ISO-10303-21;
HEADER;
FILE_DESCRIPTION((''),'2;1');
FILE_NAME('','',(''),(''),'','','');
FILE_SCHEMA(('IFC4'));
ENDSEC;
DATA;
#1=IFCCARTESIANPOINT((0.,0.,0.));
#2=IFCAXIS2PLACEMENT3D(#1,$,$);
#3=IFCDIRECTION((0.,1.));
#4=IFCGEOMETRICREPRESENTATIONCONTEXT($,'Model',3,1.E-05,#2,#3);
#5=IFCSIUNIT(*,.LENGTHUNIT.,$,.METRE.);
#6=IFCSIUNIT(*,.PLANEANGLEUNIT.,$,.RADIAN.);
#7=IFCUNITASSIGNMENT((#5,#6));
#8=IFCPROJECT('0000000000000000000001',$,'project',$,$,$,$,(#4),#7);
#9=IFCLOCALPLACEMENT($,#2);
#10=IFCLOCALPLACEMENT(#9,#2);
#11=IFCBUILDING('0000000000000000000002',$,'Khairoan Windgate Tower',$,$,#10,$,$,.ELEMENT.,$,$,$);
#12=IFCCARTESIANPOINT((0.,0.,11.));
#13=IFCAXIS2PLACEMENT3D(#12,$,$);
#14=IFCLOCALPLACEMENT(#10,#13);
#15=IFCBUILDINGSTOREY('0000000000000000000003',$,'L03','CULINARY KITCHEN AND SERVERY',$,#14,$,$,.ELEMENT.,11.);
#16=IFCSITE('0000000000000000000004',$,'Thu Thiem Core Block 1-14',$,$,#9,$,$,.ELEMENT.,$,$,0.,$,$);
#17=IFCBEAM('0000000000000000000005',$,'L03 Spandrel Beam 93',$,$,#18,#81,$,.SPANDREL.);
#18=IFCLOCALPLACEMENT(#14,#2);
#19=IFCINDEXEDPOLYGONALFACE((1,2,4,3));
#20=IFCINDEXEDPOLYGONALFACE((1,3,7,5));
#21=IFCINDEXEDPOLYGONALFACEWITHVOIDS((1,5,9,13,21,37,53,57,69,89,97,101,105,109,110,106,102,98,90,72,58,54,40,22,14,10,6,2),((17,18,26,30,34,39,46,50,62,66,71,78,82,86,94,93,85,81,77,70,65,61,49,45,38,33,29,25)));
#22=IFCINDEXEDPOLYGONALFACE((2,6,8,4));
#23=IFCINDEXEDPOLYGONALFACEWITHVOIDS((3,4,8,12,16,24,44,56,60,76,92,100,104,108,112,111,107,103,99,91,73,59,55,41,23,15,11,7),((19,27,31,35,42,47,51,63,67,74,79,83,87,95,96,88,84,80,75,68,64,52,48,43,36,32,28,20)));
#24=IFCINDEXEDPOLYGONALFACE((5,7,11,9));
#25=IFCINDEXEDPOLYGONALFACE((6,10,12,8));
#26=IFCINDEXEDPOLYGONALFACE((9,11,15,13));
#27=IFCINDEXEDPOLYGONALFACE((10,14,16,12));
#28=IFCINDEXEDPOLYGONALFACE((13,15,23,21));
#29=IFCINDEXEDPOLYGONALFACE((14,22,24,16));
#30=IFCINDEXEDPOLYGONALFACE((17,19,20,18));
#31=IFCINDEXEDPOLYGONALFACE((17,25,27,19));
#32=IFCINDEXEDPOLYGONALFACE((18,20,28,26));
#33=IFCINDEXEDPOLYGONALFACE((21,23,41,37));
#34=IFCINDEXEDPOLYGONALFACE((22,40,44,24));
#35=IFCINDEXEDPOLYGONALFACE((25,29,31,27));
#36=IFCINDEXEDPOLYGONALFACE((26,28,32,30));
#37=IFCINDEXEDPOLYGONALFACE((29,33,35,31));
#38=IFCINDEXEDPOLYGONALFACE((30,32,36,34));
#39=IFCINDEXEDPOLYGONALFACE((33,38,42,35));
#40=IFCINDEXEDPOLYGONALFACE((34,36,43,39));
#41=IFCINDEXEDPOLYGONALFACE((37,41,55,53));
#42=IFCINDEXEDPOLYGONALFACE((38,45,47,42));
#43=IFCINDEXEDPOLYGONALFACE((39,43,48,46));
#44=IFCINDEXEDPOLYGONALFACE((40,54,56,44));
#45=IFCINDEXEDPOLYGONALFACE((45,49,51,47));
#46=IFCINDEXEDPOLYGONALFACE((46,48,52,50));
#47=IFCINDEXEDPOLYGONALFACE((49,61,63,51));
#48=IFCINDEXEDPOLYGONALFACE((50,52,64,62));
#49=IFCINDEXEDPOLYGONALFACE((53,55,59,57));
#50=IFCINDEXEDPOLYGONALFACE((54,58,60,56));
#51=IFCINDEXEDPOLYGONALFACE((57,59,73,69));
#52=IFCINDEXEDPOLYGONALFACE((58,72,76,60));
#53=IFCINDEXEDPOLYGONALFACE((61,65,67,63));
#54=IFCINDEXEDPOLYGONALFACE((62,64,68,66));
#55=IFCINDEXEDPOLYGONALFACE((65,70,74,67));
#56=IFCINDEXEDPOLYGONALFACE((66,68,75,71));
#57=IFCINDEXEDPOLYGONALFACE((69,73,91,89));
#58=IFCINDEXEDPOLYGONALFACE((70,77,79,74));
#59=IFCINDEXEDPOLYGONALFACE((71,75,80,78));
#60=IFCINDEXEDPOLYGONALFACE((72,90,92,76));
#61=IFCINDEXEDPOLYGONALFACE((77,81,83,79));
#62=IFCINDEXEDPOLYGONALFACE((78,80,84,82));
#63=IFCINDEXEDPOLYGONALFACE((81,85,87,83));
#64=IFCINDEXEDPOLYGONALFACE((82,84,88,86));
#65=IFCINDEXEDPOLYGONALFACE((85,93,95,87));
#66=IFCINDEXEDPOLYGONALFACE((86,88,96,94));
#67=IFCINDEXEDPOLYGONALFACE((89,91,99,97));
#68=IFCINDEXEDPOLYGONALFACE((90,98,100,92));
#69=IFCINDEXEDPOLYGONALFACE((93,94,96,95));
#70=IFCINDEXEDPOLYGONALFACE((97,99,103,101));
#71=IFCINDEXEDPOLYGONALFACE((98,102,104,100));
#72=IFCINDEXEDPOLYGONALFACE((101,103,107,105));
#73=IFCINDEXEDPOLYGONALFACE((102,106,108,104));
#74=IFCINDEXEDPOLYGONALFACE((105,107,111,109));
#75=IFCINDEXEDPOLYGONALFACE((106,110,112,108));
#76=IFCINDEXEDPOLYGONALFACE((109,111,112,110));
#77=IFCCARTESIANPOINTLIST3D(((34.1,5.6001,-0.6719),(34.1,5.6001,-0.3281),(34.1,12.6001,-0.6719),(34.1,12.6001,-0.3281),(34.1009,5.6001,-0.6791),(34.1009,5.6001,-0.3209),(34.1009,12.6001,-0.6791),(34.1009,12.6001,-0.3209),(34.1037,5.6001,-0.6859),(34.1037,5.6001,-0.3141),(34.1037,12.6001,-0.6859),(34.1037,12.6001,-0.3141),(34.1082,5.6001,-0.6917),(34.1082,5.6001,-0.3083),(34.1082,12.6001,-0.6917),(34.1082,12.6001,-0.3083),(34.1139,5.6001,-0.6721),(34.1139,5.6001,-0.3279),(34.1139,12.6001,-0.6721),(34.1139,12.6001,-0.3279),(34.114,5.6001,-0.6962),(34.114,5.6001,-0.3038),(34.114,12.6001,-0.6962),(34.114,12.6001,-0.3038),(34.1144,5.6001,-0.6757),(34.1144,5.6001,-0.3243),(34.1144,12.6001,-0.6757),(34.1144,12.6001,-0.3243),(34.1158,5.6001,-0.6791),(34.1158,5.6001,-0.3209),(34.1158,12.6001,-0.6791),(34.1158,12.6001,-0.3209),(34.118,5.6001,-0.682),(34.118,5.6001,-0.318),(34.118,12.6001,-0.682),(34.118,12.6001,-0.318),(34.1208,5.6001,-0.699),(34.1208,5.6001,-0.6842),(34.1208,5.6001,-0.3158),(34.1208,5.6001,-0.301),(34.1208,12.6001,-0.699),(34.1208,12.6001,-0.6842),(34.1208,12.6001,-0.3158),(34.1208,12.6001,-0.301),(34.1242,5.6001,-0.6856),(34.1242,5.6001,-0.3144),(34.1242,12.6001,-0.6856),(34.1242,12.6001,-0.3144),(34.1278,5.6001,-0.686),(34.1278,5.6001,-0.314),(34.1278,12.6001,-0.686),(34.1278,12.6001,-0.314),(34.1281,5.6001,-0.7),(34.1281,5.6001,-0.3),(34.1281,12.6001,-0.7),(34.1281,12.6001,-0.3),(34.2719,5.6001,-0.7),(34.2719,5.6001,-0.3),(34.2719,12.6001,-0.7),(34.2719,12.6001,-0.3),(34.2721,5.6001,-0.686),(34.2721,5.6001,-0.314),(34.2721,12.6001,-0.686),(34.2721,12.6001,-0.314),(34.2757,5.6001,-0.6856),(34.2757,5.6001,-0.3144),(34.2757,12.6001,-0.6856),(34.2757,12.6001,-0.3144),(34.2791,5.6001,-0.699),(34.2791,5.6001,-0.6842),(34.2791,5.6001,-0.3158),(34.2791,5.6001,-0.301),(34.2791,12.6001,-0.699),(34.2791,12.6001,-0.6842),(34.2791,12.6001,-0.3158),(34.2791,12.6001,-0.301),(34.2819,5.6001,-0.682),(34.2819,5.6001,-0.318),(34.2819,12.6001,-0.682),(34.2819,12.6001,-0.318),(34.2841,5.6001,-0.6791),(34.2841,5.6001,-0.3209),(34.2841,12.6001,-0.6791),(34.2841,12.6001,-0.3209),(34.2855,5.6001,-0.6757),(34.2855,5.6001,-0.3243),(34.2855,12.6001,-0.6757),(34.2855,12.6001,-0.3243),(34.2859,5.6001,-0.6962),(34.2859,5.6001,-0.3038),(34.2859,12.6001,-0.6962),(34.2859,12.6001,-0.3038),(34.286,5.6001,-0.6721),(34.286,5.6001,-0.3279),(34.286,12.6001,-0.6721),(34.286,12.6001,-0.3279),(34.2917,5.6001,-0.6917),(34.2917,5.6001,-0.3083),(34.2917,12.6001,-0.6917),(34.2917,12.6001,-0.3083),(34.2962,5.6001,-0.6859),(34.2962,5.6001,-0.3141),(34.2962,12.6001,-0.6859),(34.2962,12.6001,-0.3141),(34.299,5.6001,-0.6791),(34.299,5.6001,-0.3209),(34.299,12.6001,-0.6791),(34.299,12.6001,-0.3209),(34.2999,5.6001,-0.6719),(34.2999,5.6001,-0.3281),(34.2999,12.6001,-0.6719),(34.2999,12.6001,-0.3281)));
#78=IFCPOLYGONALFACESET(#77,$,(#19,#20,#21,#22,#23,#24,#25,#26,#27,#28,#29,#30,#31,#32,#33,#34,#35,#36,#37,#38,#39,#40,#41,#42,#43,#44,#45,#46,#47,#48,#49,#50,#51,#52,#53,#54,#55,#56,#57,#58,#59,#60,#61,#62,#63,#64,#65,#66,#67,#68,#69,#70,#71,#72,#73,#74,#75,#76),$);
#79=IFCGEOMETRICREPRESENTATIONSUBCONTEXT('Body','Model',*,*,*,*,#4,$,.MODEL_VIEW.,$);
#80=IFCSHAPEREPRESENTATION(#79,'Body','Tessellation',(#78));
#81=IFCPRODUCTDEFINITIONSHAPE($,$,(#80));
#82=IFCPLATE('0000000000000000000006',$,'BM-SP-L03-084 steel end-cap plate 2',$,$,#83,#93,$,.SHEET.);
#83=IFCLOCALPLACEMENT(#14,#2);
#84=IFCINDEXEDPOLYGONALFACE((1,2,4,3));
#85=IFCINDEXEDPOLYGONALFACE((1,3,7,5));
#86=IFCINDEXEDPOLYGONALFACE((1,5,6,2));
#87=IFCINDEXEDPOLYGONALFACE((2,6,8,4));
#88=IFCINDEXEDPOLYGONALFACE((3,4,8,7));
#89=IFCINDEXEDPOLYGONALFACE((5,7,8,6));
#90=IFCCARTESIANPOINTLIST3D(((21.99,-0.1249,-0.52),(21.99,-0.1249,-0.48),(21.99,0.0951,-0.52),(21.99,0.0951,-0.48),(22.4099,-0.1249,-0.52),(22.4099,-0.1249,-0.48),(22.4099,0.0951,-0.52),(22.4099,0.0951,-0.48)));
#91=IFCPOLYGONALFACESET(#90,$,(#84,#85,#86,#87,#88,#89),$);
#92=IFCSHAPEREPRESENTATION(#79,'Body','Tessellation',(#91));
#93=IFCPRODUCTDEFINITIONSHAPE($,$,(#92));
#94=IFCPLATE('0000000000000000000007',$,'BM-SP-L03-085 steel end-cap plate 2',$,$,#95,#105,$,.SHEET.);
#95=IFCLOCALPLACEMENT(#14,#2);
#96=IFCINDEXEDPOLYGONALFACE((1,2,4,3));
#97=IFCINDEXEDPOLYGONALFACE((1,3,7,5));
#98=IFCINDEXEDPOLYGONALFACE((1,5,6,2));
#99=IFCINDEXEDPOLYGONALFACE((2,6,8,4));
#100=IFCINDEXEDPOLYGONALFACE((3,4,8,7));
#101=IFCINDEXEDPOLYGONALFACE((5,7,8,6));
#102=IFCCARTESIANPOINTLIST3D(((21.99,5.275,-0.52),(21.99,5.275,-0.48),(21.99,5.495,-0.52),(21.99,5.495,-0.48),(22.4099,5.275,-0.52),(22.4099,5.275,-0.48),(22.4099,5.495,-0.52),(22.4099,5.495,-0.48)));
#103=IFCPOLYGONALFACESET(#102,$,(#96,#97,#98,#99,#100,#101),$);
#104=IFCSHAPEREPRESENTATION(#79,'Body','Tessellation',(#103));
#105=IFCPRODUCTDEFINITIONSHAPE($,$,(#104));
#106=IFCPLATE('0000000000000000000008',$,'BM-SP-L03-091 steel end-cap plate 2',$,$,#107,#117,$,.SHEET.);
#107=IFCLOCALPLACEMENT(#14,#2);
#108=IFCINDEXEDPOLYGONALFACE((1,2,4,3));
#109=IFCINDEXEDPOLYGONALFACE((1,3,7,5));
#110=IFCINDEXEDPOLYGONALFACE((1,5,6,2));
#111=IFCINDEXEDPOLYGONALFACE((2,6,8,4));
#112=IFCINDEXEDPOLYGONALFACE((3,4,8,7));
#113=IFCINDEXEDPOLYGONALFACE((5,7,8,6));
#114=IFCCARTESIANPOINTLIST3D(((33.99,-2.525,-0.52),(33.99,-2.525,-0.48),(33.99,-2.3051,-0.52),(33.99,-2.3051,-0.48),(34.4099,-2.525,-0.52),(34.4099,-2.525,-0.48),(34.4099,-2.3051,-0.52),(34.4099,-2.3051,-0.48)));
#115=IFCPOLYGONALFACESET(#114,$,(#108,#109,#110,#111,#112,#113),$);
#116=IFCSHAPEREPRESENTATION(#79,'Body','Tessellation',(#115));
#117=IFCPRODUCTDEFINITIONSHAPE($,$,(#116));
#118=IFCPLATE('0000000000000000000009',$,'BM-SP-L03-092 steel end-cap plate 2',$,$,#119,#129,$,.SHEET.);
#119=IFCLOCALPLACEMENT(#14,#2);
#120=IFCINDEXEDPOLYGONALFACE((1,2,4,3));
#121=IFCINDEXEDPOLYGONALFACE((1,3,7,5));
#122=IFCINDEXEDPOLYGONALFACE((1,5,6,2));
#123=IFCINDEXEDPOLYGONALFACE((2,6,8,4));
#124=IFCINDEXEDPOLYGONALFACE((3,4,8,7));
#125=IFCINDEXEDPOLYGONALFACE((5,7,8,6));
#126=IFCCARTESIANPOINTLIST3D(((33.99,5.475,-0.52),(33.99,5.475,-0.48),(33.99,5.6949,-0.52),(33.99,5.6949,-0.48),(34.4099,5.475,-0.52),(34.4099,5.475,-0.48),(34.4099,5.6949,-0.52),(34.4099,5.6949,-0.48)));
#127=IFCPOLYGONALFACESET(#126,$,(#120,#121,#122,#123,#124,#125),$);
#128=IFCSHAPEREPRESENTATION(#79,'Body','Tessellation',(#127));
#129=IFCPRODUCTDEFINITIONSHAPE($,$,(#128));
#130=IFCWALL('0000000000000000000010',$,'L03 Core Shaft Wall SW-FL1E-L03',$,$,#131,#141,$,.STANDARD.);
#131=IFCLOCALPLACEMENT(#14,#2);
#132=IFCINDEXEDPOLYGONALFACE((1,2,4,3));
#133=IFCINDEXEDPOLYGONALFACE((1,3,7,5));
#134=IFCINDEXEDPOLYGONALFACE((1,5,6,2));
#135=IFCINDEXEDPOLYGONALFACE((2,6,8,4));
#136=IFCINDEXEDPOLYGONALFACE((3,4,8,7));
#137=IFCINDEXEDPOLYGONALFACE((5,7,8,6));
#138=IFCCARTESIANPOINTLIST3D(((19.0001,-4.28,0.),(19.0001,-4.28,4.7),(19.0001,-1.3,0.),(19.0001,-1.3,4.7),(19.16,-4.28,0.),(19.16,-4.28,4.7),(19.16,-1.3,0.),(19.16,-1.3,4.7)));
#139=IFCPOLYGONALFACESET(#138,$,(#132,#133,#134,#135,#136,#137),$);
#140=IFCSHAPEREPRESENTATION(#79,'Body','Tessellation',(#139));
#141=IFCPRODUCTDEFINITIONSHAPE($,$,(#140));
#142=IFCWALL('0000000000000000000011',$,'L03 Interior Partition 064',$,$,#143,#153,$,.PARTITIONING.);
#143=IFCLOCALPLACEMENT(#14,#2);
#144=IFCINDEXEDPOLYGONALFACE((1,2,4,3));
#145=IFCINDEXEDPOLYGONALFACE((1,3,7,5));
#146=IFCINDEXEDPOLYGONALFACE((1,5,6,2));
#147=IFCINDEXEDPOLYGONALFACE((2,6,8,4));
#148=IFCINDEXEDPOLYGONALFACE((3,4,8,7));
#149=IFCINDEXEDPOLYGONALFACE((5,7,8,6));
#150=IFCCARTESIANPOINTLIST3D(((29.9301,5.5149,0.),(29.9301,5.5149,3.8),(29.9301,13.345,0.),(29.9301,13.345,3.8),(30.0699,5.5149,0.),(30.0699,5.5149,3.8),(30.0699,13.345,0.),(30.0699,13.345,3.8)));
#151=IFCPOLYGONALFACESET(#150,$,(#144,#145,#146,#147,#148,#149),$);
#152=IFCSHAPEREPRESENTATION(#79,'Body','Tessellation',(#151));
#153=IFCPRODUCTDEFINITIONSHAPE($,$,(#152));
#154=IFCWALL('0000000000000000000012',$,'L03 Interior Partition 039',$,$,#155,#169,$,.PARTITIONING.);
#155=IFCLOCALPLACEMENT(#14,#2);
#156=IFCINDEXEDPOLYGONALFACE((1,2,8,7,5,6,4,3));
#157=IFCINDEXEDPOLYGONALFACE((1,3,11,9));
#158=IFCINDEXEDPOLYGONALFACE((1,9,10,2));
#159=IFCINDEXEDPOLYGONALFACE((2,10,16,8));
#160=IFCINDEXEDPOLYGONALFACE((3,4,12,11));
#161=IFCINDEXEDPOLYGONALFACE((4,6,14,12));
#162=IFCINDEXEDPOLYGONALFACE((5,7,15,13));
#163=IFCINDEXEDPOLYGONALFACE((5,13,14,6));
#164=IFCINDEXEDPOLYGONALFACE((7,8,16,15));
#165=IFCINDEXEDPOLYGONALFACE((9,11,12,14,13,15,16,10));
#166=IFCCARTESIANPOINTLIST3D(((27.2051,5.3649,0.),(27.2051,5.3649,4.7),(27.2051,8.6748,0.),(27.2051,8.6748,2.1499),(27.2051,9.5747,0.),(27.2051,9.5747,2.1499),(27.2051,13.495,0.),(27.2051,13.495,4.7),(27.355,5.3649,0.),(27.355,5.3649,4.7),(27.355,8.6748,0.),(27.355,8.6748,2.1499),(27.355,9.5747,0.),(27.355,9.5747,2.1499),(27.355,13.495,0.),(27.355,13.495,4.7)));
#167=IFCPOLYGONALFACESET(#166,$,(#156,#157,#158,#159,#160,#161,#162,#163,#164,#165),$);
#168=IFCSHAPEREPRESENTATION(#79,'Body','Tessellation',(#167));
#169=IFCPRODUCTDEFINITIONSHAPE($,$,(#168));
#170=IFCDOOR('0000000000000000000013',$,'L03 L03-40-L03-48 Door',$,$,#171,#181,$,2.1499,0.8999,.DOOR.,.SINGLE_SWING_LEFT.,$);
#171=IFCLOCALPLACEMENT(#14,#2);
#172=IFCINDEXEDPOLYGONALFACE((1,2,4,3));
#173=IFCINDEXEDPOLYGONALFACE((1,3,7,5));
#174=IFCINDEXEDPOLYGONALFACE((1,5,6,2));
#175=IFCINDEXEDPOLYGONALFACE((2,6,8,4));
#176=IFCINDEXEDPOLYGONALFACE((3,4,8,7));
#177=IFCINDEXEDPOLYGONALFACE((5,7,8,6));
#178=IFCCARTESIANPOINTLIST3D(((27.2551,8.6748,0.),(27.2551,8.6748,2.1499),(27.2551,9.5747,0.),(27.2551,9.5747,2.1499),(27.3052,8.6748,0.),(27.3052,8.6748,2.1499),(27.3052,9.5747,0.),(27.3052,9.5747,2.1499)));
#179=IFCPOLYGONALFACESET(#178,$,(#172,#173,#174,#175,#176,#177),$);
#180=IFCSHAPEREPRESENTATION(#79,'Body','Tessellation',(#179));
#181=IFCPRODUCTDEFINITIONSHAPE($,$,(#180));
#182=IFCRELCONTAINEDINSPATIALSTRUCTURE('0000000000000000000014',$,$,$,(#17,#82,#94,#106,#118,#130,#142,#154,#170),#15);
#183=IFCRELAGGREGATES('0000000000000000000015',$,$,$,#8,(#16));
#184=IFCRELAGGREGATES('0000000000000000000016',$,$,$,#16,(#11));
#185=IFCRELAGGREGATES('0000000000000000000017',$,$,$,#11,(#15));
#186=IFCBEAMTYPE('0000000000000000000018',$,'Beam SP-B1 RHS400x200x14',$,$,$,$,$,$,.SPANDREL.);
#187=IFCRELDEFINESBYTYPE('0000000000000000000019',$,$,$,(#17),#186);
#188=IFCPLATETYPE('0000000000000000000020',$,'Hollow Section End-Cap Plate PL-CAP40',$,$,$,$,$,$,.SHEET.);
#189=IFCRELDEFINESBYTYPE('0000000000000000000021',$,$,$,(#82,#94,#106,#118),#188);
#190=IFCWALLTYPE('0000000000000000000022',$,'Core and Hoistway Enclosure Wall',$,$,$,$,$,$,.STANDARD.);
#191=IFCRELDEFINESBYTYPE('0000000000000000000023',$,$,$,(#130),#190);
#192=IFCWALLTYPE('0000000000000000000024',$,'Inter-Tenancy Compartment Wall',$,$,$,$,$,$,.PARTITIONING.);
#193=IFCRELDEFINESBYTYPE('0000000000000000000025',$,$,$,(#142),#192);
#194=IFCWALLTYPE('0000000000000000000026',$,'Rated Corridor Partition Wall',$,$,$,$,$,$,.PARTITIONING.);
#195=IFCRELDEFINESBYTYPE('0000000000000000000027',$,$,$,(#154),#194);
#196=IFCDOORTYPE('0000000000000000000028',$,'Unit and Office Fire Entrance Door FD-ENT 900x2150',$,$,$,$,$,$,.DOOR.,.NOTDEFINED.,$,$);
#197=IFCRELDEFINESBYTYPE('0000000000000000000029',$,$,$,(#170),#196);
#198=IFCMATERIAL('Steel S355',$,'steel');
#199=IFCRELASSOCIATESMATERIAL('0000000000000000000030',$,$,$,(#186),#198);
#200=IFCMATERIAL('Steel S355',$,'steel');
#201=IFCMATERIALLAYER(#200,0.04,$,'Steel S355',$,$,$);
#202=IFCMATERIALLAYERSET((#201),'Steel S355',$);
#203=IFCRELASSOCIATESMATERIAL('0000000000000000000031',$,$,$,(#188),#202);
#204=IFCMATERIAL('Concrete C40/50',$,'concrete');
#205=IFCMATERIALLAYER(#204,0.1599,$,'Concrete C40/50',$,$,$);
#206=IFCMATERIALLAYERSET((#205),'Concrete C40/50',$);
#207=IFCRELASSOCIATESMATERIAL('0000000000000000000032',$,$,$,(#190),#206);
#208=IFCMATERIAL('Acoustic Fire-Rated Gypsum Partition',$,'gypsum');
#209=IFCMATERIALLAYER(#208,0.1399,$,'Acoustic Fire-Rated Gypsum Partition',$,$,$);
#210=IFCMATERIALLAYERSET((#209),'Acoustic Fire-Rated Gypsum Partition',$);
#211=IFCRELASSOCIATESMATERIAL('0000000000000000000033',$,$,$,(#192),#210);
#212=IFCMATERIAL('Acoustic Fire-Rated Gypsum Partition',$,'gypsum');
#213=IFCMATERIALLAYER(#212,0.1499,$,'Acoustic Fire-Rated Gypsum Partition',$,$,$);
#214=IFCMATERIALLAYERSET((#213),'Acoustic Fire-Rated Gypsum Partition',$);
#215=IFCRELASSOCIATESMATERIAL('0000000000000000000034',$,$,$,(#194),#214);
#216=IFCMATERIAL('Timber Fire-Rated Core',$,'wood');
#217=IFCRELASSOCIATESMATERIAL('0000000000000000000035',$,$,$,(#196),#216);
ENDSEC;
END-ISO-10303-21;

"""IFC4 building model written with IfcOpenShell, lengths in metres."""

from ifc_helpers import new_model, si_unit, direction, frame, frame_2d, origin, origin_2d, place, context, subcontext, project, spatial, rectangle, hollow_rectangle, extrude, material, layer, layer_set, material_profile, profile_set, type_object, element, fill, save


model = new_model("IFC4")

# Units and contexts
model_context = context("Model", 3, precision=1e-05, world=origin(), true_north=direction((0.0, 1.0)))
body_context = subcontext(model_context, "Body", "Model", "MODEL_VIEW")
ifc_project = project(units=[si_unit("LENGTHUNIT", "METRE"), si_unit("PLANEANGLEUNIT", "RADIAN")], contexts=[model_context])

# Site, building, storey
site_placement = place(None, origin())
site = spatial("IfcSite", under=ifc_project, at=site_placement, Name="Thu Thiem Core Block 1-14", CompositionType="ELEMENT", RefElevation=0.0)
building_placement = place(site_placement, origin())
building = spatial("IfcBuilding", under=site, at=building_placement, Name="Khairoan Windgate Tower", CompositionType="ELEMENT")
storey_placement = place(building_placement, frame((0.0, 0.0, 11.0)))
storey = spatial("IfcBuildingStorey", under=building, at=storey_placement, Name="L03", Description="CULINARY KITCHEN AND SERVERY", CompositionType="ELEMENT", Elevation=11.0)

# Beam
ifc_material_1 = material(Name="Steel S355", Category="steel")
ifc_material_profile_1 = material_profile(ifc_material_1, hollow_rectangle(XDim=0.2, YDim=0.3999, WallThickness=0.0139, InnerFilletRadius=0.0139, OuterFilletRadius=0.0281, at=origin_2d()))
ifc_profile_set_1 = profile_set([ifc_material_profile_1], Name="Steel S355")
beam_type_1 = type_object("IfcBeamType", Name="Beam SP-B1 RHS400x200x14", PredefinedType="SPANDREL", material=ifc_profile_set_1)
beam_1_placement = place(storey_placement, frame((34.2, 5.6001, -0.5), z_axis=(0.0, 1.0, 0.0), x_axis=(-1.0, 0.0, 0.0)))
element("IfcBeam", 1, at=beam_1_placement, inside=storey, type_object=beam_type_1, Name="L03 Spandrel Beam 93", PredefinedType="SPANDREL", context=body_context, shape_type="SweptSolid", body=[
    extrude(hollow_rectangle(XDim=0.2, YDim=0.3999, WallThickness=0.0139, InnerFilletRadius=0.0139, OuterFilletRadius=0.0281, at=origin_2d()), origin(), (0.0, 0.0, 1.0), 7.0),
])

# Plates
ifc_material_2 = material(Name="Steel S355", Category="steel")
ifc_layer_1 = layer(ifc_material_2, 0.04, Name="Steel S355")
ifc_layer_set_1 = layer_set([ifc_layer_1], Name="Steel S355")
plate_type = type_object("IfcPlateType", Name="Hollow Section End-Cap Plate PL-CAP40", PredefinedType="SHEET", material=ifc_layer_set_1)
for number, where, z_axis, x_axis, name in (
    (2, (22.2, -0.0149, -0.52), (0.0, 0.0, 1.0), (0.0, 1.0, 0.0), "BM-SP-L03-084 steel end-cap plate 2"),
    (3, (22.2, 5.385, -0.52), (0.0, 0.0, 1.0), (0.0, 1.0, 0.0), "BM-SP-L03-085 steel end-cap plate 2"),
    (4, (34.2, -2.415, -0.52), (0.0, 0.0, 1.0), (0.0, 1.0, 0.0), "BM-SP-L03-091 steel end-cap plate 2"),
    (5, (34.2, 5.585, -0.52), (0.0, 0.0, 1.0), (0.0, 1.0, 0.0), "BM-SP-L03-092 steel end-cap plate 2"),
):
    element("IfcPlate", number, at=place(storey_placement, frame(where, z_axis=z_axis, x_axis=x_axis)), inside=storey, type_object=plate_type, Name=name, PredefinedType="SHEET", context=body_context, shape_type="SweptSolid", body=[
        extrude(rectangle(XDim=0.22, YDim=0.4199, at=origin_2d()), origin(), (0.0, 0.0, 1.0), 0.04),
    ])

# Walls
ifc_material_3 = material(Name="Concrete C40/50", Category="concrete")
ifc_layer_2 = layer(ifc_material_3, 0.1599, Name="Concrete C40/50")
ifc_layer_set_2 = layer_set([ifc_layer_2], Name="Concrete C40/50")
wall_type_1 = type_object("IfcWallType", Name="Core and Hoistway Enclosure Wall", PredefinedType="STANDARD", material=ifc_layer_set_2)
wall_1_placement = place(storey_placement, frame((19.0801, -4.28, 0.0), z_axis=(0.0, 0.0, 1.0), x_axis=(0.0, 1.0, 0.0)))
element("IfcWall", 6, at=wall_1_placement, inside=storey, type_object=wall_type_1, Name="L03 Core Shaft Wall SW-FL1E-L03", PredefinedType="STANDARD", context=body_context, shape_type="SweptSolid", body=[
    extrude(rectangle(XDim=2.98, YDim=0.1599, at=frame_2d((1.49, 0.0))), origin(), (0.0, 0.0, 1.0), 4.7),
])
ifc_material_4 = material(Name="Acoustic Fire-Rated Gypsum Partition", Category="gypsum")
ifc_layer_3 = layer(ifc_material_4, 0.1399, Name="Acoustic Fire-Rated Gypsum Partition")
ifc_layer_set_3 = layer_set([ifc_layer_3], Name="Acoustic Fire-Rated Gypsum Partition")
wall_type_2 = type_object("IfcWallType", Name="Inter-Tenancy Compartment Wall", PredefinedType="PARTITIONING", material=ifc_layer_set_3)
wall_2_placement = place(storey_placement, frame((30.0, 5.5149, 0.0), z_axis=(0.0, 0.0, 1.0), x_axis=(0.0, 1.0, 0.0)))
element("IfcWall", 7, at=wall_2_placement, inside=storey, type_object=wall_type_2, Name="L03 Interior Partition 064", PredefinedType="PARTITIONING", context=body_context, shape_type="SweptSolid", body=[
    extrude(rectangle(XDim=7.8301, YDim=0.1399, at=frame_2d((3.915, 0.0))), origin(), (0.0, 0.0, 1.0), 3.8),
])

# Wall, opening, door
ifc_material_5 = material(Name="Acoustic Fire-Rated Gypsum Partition", Category="gypsum")
ifc_layer_4 = layer(ifc_material_5, 0.1499, Name="Acoustic Fire-Rated Gypsum Partition")
ifc_layer_set_4 = layer_set([ifc_layer_4], Name="Acoustic Fire-Rated Gypsum Partition")
wall_type_3 = type_object("IfcWallType", Name="Rated Corridor Partition Wall", PredefinedType="PARTITIONING", material=ifc_layer_set_4)
wall_3_placement = place(storey_placement, frame((27.28, 5.365, 0.0), z_axis=(0.0, 0.0, 1.0), x_axis=(0.0, 1.0, 0.0)))
wall_3 = element("IfcWall", 8, at=wall_3_placement, inside=storey, type_object=wall_type_3, Name="L03 Interior Partition 039", PredefinedType="PARTITIONING", context=body_context, shape_type="SweptSolid", body=[
    extrude(rectangle(XDim=8.1301, YDim=0.1499, at=frame_2d((4.0649, 0.0))), origin(), (0.0, 0.0, 1.0), 4.7),
])
opening_1_placement = place(wall_3_placement, frame((3.3098, 0.0, 0.0)))
opening_1 = element("IfcOpeningElement", 9, at=opening_1_placement, cuts=wall_3, PredefinedType="OPENING", context=body_context, shape_type="SweptSolid", body=[
    extrude(rectangle(XDim=0.8999, YDim=2.1499, at=frame_2d((0.45, 1.075))), frame((0.0, 0.085, 0.0), z_axis=(0.0, -1.0, 0.0), x_axis=(1.0, 0.0, 0.0)), (0.0, 0.0, 1.0), 0.1699),
])
ifc_material_6 = material(Name="Timber Fire-Rated Core", Category="wood")
door_type = type_object("IfcDoorType", Name="Unit and Office Fire Entrance Door FD-ENT 900x2150", OperationType="NOTDEFINED", PredefinedType="DOOR", material=ifc_material_6)
door_1_placement = place(opening_1_placement, origin())
door_1 = element("IfcDoor", 10, at=door_1_placement, inside=storey, type_object=door_type, Name="L03 L03-40-L03-48 Door", OperationType="SINGLE_SWING_LEFT", OverallHeight=2.1499, OverallWidth=0.8999, PredefinedType="DOOR", context=body_context, shape_type="SweptSolid", body=[
    extrude(rectangle(XDim=0.8999, YDim=2.1499, at=frame_2d((0.45, 1.075))), frame((0.0, 0.0249, 0.0), z_axis=(0.0, -1.0, 0.0), x_axis=(1.0, 0.0, 0.0)), (0.0, 0.0, 1.0), 0.05),
])
fill(opening_1, door_1)

save(model, "model.ifc")
